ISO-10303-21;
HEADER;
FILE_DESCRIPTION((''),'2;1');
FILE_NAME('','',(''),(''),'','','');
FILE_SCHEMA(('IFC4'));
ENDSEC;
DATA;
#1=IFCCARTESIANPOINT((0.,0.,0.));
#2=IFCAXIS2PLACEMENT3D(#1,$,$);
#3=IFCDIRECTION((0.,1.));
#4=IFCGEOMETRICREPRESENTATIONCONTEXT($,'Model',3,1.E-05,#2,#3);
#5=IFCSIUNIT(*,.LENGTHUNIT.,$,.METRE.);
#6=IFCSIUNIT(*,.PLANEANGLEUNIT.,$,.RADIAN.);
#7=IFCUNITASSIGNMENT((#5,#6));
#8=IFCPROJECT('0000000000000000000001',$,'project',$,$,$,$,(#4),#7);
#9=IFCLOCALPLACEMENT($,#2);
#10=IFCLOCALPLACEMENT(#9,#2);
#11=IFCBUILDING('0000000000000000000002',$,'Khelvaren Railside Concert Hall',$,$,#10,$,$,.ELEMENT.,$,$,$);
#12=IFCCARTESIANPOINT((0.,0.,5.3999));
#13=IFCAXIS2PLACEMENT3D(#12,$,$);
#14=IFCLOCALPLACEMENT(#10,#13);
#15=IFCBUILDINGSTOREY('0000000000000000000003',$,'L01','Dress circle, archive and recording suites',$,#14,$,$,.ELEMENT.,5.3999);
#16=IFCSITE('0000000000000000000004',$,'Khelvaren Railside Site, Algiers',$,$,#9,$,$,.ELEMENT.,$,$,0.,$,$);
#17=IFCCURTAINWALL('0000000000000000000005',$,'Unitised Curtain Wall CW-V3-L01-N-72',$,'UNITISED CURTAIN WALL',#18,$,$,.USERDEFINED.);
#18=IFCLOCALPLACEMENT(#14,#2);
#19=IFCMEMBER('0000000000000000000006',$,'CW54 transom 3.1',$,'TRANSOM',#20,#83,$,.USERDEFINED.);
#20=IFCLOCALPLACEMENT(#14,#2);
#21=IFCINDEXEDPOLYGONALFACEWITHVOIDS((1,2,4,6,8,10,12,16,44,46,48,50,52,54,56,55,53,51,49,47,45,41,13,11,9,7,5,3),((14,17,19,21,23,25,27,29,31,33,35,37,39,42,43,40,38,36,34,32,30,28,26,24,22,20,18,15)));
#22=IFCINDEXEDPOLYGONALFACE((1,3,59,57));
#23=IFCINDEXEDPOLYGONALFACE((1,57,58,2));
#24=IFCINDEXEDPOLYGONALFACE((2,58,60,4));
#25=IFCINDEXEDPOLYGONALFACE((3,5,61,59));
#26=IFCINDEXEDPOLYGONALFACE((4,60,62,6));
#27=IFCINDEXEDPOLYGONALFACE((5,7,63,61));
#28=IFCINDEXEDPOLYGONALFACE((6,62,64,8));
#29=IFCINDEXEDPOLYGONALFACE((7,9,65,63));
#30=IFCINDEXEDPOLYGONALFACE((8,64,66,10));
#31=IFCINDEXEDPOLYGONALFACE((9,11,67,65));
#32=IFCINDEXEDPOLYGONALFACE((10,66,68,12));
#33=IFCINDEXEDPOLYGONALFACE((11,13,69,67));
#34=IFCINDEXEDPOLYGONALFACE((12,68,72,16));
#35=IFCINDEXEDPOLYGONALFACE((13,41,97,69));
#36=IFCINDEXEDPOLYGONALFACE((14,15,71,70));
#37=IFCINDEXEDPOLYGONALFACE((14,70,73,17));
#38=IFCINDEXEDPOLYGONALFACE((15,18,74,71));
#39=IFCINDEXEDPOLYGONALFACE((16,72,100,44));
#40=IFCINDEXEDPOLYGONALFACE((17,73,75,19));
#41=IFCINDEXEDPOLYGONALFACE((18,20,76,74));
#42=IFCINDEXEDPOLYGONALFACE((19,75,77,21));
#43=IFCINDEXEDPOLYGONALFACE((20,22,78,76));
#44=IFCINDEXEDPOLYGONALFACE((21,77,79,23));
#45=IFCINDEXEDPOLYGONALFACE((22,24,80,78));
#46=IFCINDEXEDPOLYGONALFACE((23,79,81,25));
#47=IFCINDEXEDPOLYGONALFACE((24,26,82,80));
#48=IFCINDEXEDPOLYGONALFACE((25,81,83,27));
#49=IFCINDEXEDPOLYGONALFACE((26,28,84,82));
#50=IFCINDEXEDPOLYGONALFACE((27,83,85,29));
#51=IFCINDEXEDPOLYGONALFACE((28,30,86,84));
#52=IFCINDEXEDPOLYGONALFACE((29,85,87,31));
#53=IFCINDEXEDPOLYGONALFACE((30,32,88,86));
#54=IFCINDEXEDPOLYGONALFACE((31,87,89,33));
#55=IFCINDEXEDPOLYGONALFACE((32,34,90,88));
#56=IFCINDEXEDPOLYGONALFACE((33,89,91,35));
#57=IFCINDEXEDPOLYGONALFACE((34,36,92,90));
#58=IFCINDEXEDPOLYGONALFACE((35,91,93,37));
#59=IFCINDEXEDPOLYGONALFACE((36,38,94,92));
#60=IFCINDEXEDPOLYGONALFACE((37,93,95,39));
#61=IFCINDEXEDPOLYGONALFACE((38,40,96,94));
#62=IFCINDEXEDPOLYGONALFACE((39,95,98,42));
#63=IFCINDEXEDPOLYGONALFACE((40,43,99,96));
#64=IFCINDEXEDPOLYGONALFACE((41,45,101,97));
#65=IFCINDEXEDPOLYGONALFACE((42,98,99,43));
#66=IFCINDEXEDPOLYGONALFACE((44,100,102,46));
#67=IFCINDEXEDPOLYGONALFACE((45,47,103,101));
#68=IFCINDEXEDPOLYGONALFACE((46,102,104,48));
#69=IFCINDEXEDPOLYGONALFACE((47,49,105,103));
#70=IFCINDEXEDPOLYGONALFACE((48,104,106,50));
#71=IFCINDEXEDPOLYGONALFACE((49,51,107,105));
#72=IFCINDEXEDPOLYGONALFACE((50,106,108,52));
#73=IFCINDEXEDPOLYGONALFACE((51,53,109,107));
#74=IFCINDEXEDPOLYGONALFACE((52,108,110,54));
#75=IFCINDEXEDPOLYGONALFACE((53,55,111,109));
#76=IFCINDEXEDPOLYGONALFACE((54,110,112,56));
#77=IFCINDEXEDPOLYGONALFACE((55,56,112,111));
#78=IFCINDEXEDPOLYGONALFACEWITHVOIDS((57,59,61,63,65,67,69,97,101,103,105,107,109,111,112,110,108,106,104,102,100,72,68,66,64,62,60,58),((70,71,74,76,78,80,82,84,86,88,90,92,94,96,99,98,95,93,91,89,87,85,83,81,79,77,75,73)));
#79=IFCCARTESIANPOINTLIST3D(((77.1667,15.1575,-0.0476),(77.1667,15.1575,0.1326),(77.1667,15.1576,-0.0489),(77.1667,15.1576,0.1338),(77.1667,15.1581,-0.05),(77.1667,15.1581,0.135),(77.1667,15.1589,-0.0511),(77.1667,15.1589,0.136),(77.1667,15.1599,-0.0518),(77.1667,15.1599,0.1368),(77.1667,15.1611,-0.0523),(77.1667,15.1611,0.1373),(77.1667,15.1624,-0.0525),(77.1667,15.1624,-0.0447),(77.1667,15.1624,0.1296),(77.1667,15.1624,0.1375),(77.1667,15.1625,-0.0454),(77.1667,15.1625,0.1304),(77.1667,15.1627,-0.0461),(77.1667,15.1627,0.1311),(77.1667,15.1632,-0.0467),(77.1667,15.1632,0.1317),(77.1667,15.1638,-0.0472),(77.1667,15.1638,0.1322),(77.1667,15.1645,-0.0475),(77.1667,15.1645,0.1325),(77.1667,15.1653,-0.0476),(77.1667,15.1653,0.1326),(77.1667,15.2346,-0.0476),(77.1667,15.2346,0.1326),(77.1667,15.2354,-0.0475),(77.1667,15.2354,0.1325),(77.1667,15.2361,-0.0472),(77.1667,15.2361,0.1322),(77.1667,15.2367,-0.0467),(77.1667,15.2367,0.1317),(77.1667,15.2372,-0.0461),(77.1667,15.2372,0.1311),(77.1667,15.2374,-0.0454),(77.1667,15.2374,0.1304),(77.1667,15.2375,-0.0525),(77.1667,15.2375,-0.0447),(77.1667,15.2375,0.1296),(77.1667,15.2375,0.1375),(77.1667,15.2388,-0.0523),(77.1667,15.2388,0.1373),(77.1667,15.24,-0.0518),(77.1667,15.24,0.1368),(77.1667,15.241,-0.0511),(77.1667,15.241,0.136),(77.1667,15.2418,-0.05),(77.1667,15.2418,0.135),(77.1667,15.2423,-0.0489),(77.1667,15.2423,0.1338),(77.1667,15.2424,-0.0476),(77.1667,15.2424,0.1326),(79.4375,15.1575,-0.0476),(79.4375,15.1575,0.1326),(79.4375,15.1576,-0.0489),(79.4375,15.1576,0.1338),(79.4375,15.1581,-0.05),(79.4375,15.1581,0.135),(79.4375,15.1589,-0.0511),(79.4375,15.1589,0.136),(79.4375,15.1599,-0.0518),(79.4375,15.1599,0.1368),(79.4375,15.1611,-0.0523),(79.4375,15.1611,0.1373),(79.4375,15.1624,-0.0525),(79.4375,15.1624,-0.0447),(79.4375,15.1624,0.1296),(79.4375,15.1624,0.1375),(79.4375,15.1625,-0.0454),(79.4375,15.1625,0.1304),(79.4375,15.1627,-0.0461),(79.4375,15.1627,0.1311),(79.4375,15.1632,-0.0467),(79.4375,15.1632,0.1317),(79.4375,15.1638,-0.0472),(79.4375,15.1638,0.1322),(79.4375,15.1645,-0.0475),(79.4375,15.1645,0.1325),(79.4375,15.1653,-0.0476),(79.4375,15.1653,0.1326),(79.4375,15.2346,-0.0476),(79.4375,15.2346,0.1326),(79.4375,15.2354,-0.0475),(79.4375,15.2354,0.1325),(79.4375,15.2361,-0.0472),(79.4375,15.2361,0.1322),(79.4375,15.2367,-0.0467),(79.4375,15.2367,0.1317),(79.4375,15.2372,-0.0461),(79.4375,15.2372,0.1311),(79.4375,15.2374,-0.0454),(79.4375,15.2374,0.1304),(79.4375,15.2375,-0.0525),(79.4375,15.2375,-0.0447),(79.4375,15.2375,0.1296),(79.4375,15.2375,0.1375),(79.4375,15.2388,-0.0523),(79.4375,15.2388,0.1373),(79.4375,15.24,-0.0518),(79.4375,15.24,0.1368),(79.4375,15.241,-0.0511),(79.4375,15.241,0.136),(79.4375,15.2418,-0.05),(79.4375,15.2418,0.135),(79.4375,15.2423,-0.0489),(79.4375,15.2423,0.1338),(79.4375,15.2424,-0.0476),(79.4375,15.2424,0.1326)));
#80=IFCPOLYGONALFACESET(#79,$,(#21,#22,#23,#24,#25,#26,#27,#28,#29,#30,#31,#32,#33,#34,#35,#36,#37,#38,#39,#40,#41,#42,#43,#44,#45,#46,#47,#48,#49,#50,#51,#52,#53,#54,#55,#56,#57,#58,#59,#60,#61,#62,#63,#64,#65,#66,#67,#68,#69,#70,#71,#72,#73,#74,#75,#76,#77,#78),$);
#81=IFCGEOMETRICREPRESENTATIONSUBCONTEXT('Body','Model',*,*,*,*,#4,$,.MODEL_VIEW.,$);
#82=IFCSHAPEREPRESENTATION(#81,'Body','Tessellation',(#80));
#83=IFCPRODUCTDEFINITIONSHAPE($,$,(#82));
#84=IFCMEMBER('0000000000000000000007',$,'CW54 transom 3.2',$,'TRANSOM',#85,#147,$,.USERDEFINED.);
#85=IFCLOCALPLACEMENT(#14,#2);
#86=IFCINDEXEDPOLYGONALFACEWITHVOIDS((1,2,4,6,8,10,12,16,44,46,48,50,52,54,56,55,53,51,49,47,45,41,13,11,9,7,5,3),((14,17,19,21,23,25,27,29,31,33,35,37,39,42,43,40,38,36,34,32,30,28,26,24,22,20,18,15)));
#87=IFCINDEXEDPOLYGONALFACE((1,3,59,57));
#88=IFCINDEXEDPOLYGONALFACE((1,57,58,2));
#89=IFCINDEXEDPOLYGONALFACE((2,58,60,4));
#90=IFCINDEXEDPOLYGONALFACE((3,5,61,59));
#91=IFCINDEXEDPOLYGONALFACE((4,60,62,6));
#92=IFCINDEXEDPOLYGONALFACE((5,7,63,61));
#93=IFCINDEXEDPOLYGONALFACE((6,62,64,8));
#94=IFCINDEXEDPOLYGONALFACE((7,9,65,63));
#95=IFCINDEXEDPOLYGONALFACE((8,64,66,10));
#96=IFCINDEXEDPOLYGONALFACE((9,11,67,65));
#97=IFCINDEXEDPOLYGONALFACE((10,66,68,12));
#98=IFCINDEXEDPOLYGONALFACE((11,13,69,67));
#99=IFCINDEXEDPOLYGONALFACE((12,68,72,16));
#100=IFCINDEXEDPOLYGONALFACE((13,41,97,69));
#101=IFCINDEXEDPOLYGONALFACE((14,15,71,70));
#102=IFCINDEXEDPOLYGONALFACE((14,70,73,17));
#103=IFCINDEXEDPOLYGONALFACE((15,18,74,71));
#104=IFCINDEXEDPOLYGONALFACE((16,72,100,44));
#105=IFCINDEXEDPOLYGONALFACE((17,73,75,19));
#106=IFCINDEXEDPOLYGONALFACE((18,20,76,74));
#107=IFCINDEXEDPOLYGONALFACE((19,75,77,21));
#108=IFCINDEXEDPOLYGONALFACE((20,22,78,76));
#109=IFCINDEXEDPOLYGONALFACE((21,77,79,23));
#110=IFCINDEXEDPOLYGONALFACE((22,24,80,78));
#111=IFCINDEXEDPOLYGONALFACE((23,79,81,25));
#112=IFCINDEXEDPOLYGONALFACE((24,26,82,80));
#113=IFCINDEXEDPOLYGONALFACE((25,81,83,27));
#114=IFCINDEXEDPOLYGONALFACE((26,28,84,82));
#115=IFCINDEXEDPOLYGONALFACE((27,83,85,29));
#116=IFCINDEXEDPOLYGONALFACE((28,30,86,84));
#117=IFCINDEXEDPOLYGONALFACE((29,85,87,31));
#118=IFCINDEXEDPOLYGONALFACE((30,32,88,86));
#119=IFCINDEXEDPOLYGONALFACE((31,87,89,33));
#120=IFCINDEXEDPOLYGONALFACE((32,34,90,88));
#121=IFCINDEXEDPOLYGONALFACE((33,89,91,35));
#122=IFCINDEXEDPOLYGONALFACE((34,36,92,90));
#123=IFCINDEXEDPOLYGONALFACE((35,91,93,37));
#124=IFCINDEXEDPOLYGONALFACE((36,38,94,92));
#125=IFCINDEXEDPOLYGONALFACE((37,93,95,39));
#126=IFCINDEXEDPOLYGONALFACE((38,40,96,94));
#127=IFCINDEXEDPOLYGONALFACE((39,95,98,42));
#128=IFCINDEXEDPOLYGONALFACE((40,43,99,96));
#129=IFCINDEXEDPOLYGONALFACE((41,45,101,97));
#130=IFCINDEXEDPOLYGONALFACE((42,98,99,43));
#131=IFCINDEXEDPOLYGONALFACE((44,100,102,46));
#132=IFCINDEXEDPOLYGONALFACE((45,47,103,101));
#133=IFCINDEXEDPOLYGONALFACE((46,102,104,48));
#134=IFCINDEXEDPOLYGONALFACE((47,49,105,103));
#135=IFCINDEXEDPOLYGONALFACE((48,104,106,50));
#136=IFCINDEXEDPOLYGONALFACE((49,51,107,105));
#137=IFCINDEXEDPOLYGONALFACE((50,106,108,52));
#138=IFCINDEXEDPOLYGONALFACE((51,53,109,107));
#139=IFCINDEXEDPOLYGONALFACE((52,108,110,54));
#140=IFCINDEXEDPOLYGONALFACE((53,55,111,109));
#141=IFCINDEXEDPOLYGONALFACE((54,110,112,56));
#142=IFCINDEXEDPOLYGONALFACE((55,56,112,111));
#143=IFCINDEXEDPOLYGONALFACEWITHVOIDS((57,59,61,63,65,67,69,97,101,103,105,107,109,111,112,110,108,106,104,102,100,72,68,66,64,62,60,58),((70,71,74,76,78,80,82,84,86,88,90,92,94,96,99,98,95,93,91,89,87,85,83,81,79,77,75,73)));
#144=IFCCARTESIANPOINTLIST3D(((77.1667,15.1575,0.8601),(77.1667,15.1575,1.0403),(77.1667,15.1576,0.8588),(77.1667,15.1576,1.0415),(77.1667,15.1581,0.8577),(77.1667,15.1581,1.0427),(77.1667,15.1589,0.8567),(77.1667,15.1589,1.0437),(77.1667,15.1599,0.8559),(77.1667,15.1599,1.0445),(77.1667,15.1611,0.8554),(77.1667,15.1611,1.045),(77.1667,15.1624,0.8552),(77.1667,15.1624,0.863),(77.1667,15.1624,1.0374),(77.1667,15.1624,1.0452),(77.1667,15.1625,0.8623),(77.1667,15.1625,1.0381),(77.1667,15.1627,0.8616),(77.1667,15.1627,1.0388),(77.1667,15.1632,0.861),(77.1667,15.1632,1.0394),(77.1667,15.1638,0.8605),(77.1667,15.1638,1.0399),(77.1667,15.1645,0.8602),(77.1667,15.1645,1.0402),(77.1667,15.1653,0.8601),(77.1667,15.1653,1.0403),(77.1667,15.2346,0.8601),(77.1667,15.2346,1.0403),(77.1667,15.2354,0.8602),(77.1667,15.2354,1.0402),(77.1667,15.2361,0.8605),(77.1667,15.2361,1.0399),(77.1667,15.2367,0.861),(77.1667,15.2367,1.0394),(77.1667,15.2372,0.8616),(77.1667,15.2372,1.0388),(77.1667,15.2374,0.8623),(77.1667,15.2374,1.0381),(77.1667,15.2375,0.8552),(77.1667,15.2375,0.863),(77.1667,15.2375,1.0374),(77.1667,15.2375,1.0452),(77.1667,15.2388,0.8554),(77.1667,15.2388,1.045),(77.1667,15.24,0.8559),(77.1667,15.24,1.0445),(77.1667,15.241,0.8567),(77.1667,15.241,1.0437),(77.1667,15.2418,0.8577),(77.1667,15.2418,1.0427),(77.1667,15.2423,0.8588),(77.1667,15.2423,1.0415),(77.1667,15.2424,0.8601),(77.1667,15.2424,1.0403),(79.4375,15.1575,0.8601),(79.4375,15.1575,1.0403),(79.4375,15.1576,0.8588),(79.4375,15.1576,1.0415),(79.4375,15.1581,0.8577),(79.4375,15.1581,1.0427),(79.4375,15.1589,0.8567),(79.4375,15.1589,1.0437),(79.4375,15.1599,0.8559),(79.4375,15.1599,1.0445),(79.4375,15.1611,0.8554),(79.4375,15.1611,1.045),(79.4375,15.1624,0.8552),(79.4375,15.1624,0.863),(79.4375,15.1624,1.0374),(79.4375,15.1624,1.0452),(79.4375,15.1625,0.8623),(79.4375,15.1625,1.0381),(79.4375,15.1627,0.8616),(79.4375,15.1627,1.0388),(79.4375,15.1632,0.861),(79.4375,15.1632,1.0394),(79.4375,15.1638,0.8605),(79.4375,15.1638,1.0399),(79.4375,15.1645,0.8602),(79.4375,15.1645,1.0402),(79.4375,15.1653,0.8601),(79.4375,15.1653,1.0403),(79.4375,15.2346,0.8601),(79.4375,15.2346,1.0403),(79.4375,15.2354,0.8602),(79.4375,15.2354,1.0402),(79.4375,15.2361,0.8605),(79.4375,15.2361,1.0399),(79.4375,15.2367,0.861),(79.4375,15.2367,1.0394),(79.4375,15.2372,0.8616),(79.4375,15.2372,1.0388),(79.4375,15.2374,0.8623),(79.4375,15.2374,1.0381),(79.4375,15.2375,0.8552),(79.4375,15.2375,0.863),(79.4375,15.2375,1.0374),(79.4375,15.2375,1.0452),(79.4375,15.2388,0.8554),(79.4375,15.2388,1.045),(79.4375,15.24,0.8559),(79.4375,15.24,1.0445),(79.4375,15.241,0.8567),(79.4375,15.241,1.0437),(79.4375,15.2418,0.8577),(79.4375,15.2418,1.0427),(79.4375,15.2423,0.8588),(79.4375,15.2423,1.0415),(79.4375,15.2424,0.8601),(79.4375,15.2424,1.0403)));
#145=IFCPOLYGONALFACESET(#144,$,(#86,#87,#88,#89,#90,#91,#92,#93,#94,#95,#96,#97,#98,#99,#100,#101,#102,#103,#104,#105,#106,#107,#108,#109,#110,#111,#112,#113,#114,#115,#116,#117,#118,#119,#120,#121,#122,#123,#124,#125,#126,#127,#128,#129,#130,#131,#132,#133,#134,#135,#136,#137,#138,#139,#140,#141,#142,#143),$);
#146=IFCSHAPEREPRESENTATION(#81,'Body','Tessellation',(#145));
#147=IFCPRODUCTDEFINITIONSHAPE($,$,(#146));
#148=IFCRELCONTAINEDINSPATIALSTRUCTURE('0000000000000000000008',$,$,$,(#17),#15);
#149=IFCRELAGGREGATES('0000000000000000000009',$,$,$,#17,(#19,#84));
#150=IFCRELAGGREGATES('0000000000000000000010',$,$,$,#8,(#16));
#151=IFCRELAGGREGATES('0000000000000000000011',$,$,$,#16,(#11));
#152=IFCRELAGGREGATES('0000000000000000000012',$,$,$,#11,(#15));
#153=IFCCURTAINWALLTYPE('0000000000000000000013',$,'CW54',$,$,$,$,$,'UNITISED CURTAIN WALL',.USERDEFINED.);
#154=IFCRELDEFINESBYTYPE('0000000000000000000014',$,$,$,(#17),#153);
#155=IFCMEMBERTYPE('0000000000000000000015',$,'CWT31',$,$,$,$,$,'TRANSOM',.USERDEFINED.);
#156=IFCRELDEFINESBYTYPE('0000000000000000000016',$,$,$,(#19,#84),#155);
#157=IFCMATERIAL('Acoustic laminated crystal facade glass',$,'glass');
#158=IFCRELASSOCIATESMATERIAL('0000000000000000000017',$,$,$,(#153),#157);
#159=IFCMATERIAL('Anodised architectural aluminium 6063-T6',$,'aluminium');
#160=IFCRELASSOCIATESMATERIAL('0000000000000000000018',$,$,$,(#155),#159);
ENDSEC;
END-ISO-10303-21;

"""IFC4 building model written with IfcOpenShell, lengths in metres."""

from ifc_helpers import new_model, si_unit, direction, frame, origin, origin_2d, place, context, subcontext, project, spatial, hollow_rectangle, extrude, material, material_profile, profile_set, type_object, element, aggregate, save


model = new_model("IFC4")

# Units and contexts
model_context = context("Model", 3, precision=1e-05, world=origin(), true_north=direction((0.0, 1.0)))
body_context = subcontext(model_context, "Body", "Model", "MODEL_VIEW")
ifc_project = project(units=[si_unit("LENGTHUNIT", "METRE"), si_unit("PLANEANGLEUNIT", "RADIAN")], contexts=[model_context])

# Site, building, storey
site_placement = place(None, origin())
site = spatial("IfcSite", under=ifc_project, at=site_placement, Name="Khelvaren Railside Site, Algiers", CompositionType="ELEMENT", RefElevation=0.0)
building_placement = place(site_placement, origin())
building = spatial("IfcBuilding", under=site, at=building_placement, Name="Khelvaren Railside Concert Hall", CompositionType="ELEMENT")
storey_placement = place(building_placement, frame((0.0, 0.0, 5.3999)))
storey = spatial("IfcBuildingStorey", under=building, at=storey_placement, Name="L01", Description="Dress circle, archive and recording suites", CompositionType="ELEMENT", Elevation=5.3999)

# Curtain wall, members
ifc_material_1 = material(Name="Acoustic laminated crystal facade glass", Category="glass")
curtain_wall_type = type_object("IfcCurtainWallType", Name="CW54", ElementType="UNITISED CURTAIN WALL", PredefinedType="USERDEFINED", material=ifc_material_1)
curtain_wall_placement = place(storey_placement, origin())
curtain_wall = element("IfcCurtainWall", 1, at=curtain_wall_placement, inside=storey, type_object=curtain_wall_type, Name="Unitised Curtain Wall CW-V3-L01-N-72", ObjectType="UNITISED CURTAIN WALL", PredefinedType="USERDEFINED")
ifc_material_2 = material(Name="Anodised architectural aluminium 6063-T6", Category="aluminium")
ifc_material_profile_1 = material_profile(ifc_material_2, hollow_rectangle(XDim=0.085, YDim=0.1899, WallThickness=0.0049, InnerFilletRadius=0.0029, OuterFilletRadius=0.0049, at=origin_2d()), Name="CWT 85x190x5")
ifc_profile_set_1 = profile_set([ifc_material_profile_1], Name="Anodised architectural aluminium 6063-T6")
member_type_1 = type_object("IfcMemberType", Name="CWT31", ElementType="TRANSOM", PredefinedType="USERDEFINED", material=ifc_profile_set_1)
member_1_placement = place(storey_placement, frame((77.1667, 15.2, 0.0425), z_axis=(1.0, 0.0, 0.0), x_axis=(0.0, 1.0, 0.0)))
member_1 = element("IfcMember", 2, at=member_1_placement, type_object=member_type_1, Name="CW54 transom 3.1", ObjectType="TRANSOM", PredefinedType="USERDEFINED", context=body_context, shape_type="SweptSolid", body=[
    extrude(hollow_rectangle(XDim=0.085, YDim=0.1899, WallThickness=0.0049, InnerFilletRadius=0.0029, OuterFilletRadius=0.0049, at=origin_2d()), origin(), (0.0, 0.0, 1.0), 2.2708),
])
member_2_placement = place(storey_placement, frame((77.1667, 15.2, 0.9502), z_axis=(1.0, 0.0, 0.0), x_axis=(0.0, 1.0, 0.0)))
member_2 = element("IfcMember", 3, at=member_2_placement, type_object=member_type_1, Name="CW54 transom 3.2", ObjectType="TRANSOM", PredefinedType="USERDEFINED", context=body_context, shape_type="SweptSolid", body=[
    extrude(hollow_rectangle(XDim=0.085, YDim=0.1899, WallThickness=0.0049, InnerFilletRadius=0.0029, OuterFilletRadius=0.0049, at=origin_2d()), origin(), (0.0, 0.0, 1.0), 2.2708),
])

aggregate(curtain_wall, [member_1, member_2])

save(model, "model.ifc")
